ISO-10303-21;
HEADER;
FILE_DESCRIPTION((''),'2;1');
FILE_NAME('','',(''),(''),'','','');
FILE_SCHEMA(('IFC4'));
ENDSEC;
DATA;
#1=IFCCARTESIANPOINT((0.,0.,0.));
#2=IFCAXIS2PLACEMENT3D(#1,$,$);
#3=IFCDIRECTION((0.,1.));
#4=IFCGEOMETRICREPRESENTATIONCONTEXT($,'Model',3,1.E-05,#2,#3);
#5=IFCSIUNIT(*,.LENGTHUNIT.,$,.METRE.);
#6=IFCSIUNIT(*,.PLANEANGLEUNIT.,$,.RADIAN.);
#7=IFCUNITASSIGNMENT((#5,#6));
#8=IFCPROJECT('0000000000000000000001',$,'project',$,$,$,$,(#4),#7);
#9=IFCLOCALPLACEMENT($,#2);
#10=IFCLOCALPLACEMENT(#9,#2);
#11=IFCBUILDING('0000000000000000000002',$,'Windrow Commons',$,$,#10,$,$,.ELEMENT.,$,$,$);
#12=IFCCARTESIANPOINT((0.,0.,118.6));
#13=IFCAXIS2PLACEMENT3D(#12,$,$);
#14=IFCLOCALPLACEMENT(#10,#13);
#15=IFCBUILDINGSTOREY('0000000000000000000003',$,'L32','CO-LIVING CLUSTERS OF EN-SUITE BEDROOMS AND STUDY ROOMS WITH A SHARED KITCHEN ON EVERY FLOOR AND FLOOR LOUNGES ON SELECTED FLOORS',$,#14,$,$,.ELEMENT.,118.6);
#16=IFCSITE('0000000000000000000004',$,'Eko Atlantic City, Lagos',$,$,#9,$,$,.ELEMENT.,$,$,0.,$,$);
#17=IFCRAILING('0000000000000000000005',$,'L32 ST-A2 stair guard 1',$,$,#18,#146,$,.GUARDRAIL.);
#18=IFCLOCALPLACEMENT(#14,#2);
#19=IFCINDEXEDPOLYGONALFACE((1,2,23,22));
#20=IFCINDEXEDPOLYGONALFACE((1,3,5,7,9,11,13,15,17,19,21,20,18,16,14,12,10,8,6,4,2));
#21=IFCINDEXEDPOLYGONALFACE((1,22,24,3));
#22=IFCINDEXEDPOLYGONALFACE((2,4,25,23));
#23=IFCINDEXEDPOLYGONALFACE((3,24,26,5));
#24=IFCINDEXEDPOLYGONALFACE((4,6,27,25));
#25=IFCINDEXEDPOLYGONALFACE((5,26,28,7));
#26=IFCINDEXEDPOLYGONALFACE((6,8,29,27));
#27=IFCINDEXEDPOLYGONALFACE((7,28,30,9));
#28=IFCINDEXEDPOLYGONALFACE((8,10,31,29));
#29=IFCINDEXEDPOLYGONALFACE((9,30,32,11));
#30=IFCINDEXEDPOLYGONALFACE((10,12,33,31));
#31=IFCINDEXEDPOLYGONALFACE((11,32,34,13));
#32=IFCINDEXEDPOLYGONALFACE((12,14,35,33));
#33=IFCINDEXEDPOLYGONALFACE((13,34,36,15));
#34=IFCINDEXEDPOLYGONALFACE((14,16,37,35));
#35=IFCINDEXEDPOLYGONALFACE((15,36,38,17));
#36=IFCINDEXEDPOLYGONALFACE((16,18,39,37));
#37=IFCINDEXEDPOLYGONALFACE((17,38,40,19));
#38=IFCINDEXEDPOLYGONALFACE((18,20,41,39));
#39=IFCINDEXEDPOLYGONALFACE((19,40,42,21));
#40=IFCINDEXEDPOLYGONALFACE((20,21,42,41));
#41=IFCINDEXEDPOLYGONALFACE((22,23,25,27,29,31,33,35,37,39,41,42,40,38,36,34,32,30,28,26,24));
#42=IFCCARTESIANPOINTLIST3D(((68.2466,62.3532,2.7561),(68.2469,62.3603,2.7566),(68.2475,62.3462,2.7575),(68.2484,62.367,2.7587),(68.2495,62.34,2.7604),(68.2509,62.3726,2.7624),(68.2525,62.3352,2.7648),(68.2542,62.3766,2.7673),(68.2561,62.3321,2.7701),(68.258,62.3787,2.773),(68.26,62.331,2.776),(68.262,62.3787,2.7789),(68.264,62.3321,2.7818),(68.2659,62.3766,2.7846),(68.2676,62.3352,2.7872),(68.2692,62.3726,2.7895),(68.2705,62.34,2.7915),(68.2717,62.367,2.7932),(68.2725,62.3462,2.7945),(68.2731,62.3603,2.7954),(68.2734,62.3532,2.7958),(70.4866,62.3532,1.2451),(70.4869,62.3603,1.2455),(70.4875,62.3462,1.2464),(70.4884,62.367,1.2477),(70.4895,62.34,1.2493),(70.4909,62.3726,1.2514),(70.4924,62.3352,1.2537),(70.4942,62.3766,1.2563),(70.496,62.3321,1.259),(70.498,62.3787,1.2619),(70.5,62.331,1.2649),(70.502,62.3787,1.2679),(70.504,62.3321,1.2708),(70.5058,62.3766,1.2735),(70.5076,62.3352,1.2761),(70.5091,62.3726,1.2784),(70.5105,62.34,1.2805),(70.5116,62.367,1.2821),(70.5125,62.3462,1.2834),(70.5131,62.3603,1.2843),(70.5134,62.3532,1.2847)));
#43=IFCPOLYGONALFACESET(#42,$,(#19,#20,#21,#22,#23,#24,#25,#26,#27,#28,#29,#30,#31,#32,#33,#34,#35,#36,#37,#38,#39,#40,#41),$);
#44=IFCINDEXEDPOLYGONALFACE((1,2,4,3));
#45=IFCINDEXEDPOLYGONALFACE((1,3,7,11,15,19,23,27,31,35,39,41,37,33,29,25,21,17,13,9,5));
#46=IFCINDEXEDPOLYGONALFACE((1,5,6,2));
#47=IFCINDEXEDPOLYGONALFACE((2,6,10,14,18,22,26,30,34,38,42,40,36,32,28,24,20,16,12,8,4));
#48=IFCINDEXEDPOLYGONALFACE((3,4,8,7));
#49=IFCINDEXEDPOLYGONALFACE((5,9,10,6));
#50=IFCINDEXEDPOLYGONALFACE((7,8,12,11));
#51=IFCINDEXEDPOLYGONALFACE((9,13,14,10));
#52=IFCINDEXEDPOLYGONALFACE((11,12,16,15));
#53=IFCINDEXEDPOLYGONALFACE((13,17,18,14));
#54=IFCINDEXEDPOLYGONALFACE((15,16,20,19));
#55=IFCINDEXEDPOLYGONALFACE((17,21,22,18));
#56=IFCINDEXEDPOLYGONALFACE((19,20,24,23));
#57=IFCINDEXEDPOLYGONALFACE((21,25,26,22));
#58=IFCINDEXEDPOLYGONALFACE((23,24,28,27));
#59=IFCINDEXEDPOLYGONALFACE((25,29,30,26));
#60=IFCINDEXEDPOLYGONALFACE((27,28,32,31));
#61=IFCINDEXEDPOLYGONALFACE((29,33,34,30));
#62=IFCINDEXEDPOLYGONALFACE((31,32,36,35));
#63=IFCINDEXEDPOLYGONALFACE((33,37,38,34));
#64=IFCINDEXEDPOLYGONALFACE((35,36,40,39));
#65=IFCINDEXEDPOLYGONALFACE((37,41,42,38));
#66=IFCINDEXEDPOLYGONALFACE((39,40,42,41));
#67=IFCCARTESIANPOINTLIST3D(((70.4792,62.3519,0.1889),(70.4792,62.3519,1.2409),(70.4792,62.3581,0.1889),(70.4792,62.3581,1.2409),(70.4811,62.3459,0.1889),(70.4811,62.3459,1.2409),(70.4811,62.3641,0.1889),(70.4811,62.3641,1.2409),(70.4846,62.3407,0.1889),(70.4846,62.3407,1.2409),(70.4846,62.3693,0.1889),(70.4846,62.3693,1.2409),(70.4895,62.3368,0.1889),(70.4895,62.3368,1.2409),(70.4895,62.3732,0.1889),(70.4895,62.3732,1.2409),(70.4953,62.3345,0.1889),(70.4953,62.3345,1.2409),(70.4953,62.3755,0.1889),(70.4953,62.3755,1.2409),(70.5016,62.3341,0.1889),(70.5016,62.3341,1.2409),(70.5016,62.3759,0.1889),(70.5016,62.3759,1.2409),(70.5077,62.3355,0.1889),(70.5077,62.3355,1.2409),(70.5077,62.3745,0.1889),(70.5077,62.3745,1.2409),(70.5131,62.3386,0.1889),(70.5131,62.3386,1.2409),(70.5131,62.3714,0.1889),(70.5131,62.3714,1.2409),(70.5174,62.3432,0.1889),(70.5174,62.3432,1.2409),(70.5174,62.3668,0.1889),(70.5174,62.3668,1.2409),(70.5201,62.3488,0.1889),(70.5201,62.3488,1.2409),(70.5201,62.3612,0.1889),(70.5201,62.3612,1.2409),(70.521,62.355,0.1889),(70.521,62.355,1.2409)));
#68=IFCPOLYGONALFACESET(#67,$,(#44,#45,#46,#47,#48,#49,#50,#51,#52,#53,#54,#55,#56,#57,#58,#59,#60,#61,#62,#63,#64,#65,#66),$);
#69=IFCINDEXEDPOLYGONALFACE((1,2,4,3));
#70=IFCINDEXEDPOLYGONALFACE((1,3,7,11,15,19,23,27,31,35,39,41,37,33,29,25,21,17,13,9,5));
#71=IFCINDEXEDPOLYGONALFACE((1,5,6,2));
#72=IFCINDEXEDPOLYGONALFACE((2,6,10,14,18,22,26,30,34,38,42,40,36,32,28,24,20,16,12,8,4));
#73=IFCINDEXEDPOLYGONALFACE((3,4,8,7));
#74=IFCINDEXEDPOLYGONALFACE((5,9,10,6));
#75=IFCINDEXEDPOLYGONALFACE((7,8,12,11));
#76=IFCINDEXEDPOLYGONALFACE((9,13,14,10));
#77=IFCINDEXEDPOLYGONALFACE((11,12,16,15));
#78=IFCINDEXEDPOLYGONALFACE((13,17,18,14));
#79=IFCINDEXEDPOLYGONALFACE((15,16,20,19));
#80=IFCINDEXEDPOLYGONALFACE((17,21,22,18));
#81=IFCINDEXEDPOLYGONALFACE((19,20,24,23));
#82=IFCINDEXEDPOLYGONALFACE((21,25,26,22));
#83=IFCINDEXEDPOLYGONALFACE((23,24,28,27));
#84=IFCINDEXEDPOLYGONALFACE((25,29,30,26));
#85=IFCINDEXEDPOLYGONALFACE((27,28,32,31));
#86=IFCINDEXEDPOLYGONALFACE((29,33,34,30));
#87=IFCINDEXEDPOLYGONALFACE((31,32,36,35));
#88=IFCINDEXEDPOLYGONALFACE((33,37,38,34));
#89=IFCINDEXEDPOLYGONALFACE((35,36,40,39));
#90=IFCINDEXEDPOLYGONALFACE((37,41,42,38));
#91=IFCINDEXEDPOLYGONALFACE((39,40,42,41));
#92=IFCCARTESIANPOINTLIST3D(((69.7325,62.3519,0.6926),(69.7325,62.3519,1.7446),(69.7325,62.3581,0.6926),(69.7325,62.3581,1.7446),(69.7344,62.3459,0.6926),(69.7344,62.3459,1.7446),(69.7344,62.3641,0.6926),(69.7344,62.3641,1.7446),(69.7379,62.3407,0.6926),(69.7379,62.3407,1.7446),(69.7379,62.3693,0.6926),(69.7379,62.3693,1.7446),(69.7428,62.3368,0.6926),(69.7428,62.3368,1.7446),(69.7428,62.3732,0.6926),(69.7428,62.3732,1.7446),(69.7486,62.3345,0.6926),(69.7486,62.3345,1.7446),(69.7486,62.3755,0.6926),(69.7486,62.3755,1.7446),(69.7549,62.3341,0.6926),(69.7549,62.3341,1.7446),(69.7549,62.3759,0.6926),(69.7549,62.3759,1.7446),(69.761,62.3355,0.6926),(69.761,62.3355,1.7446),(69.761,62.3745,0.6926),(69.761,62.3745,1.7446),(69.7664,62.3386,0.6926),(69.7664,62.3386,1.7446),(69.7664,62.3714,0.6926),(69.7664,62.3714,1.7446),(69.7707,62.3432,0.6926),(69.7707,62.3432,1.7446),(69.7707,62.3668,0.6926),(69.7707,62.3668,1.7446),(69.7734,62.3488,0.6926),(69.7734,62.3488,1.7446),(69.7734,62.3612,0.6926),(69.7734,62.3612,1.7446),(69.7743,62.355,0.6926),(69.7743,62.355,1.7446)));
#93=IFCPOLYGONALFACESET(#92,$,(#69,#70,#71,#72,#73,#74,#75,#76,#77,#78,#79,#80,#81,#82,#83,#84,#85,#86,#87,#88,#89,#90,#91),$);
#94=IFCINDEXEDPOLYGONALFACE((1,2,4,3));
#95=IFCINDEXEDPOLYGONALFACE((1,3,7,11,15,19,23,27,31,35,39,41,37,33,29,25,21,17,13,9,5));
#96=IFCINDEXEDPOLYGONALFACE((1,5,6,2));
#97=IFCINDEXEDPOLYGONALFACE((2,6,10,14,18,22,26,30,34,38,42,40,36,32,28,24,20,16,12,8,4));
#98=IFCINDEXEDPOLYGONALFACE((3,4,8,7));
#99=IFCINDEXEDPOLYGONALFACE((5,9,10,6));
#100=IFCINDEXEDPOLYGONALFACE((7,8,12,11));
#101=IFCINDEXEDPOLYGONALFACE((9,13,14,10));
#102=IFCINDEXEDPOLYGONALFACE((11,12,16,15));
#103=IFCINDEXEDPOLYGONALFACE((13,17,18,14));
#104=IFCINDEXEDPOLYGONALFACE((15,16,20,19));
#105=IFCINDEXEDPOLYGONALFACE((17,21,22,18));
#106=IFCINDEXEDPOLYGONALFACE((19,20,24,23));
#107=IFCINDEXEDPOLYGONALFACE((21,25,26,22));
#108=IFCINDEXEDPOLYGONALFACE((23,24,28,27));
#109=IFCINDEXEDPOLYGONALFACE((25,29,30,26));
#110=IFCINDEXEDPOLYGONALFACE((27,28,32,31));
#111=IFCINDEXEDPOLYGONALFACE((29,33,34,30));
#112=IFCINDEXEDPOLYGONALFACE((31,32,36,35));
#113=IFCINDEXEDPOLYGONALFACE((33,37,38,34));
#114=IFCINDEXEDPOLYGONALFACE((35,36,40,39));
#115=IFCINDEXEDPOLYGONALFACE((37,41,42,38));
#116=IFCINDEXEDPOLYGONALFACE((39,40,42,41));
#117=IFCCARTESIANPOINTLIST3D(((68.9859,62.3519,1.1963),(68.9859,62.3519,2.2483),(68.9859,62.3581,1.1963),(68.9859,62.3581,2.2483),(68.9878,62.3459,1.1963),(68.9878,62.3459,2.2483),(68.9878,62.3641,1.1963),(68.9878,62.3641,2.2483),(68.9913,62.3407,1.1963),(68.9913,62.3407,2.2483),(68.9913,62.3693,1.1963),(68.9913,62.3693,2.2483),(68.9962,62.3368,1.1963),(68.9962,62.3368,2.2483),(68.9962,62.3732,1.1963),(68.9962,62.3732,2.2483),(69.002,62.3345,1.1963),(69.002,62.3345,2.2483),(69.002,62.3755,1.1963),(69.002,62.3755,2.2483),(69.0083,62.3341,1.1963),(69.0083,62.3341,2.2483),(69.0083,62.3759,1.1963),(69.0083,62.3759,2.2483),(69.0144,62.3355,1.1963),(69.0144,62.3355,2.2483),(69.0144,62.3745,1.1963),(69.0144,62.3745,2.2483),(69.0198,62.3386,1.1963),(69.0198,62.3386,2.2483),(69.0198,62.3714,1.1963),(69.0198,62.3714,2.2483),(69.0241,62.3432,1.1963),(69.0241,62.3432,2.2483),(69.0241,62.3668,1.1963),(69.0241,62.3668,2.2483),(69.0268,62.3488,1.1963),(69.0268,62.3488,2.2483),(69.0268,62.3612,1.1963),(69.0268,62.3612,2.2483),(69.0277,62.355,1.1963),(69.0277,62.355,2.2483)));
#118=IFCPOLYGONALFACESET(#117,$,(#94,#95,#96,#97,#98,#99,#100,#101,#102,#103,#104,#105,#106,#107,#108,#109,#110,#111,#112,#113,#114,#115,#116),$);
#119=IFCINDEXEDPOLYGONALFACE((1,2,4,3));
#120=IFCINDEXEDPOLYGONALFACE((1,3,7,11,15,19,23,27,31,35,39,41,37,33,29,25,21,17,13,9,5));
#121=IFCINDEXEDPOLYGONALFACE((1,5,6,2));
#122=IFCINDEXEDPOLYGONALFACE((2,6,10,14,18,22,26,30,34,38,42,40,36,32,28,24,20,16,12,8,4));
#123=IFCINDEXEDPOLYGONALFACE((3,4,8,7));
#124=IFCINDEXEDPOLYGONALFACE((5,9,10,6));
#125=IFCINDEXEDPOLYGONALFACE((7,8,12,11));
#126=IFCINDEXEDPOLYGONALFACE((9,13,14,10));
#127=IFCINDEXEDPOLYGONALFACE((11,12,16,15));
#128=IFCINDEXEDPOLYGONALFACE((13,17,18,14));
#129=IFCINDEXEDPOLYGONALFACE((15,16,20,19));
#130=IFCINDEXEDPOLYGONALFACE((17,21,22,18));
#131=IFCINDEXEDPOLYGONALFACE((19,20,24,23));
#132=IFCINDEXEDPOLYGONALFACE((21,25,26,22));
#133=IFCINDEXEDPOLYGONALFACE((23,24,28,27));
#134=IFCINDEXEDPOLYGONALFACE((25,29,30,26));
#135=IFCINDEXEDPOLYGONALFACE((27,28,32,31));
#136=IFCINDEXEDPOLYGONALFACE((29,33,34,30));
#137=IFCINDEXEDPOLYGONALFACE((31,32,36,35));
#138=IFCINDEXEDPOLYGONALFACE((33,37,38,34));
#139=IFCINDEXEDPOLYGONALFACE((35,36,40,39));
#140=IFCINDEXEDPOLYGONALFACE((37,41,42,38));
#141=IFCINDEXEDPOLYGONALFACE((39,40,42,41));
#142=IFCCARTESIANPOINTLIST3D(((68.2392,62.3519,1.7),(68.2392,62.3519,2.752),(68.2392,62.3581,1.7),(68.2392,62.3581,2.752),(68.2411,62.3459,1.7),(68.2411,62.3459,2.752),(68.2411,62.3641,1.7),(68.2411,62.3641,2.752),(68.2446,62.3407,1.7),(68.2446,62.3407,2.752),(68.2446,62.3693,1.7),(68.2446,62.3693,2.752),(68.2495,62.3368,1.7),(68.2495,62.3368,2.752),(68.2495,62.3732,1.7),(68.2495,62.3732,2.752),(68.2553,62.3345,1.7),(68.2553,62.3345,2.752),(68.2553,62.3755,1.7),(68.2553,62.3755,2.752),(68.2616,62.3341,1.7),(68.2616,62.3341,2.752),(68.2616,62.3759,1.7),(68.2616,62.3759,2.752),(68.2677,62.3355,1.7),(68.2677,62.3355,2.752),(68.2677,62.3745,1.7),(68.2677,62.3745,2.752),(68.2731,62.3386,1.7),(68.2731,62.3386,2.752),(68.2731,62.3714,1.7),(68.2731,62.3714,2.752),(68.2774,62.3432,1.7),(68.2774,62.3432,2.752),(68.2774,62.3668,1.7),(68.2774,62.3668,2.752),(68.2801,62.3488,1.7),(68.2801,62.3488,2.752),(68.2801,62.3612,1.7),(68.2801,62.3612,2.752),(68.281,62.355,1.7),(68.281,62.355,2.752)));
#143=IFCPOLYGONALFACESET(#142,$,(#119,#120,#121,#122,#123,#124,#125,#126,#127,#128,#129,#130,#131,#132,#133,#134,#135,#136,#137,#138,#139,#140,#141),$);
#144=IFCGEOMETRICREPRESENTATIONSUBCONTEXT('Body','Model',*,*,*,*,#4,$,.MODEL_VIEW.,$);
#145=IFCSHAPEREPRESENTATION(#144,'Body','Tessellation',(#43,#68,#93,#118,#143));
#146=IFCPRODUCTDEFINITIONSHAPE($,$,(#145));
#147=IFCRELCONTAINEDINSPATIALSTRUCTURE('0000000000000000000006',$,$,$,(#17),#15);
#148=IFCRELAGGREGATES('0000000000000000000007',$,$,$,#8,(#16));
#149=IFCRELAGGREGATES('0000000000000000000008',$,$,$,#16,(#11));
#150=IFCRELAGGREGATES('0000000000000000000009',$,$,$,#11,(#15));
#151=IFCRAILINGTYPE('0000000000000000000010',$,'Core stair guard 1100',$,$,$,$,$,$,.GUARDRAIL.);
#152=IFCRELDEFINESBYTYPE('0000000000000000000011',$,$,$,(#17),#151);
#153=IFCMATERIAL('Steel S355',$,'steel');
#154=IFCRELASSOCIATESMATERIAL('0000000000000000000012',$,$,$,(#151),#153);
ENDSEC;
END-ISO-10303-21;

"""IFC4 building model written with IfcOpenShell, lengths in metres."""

from ifc_helpers import new_model, si_unit, direction, frame, origin, origin_2d, place, context, subcontext, project, spatial, circle, extrude, material, type_object, element, save


model = new_model("IFC4")

# Units and contexts
model_context = context("Model", 3, precision=1e-05, world=origin(), true_north=direction((0.0, 1.0)))
body_context = subcontext(model_context, "Body", "Model", "MODEL_VIEW")
ifc_project = project(units=[si_unit("LENGTHUNIT", "METRE"), si_unit("PLANEANGLEUNIT", "RADIAN")], contexts=[model_context])

# Site, building, storey
site_placement = place(None, origin())
site = spatial("IfcSite", under=ifc_project, at=site_placement, Name="Eko Atlantic City, Lagos", CompositionType="ELEMENT", RefElevation=0.0)
building_placement = place(site_placement, origin())
building = spatial("IfcBuilding", under=site, at=building_placement, Name="Windrow Commons", CompositionType="ELEMENT")
storey_placement = place(building_placement, frame((0.0, 0.0, 118.6)))
storey = spatial("IfcBuildingStorey", under=building, at=storey_placement, Name="L32", Description="CO-LIVING CLUSTERS OF EN-SUITE BEDROOMS AND STUDY ROOMS WITH A SHARED KITCHEN ON EVERY FLOOR AND FLOOR LOUNGES ON SELECTED FLOORS", CompositionType="ELEMENT", Elevation=118.6)

# Railing
ifc_material_1 = material(Name="Steel S355", Category="steel")
railing_type_1 = type_object("IfcRailingType", Name="Core stair guard 1100", PredefinedType="GUARDRAIL", material=ifc_material_1)
railing_1_placement = place(storey_placement, frame((70.5, 62.355, 0.1889)))
element("IfcRailing", 1, at=railing_1_placement, inside=storey, type_object=railing_type_1, Name="L32 ST-A2 stair guard 1", PredefinedType="GUARDRAIL", context=body_context, shape_type="SweptSolid", body=[
    extrude(circle(Radius=0.024, at=origin_2d()), frame((0.0, 0.0, 1.076), z_axis=(-0.829003, 0.0, 0.559244), x_axis=(0.0, -1.0, 0.0)), (0.0, 0.0, 1.0), 2.702),
    extrude(circle(Radius=0.021, at=origin_2d()), origin(), (0.0, 0.0, 1.0), 1.052),
    extrude(circle(Radius=0.021, at=origin_2d()), frame((-0.7467, 0.0, 0.5037)), (0.0, 0.0, 1.0), 1.052),
    extrude(circle(Radius=0.021, at=origin_2d()), frame((-1.4933, 0.0, 1.0074)), (0.0, 0.0, 1.0), 1.052),
    extrude(circle(Radius=0.021, at=origin_2d()), frame((-2.24, 0.0, 1.5111)), (0.0, 0.0, 1.0), 1.052),
])

save(model, "model.ifc")
